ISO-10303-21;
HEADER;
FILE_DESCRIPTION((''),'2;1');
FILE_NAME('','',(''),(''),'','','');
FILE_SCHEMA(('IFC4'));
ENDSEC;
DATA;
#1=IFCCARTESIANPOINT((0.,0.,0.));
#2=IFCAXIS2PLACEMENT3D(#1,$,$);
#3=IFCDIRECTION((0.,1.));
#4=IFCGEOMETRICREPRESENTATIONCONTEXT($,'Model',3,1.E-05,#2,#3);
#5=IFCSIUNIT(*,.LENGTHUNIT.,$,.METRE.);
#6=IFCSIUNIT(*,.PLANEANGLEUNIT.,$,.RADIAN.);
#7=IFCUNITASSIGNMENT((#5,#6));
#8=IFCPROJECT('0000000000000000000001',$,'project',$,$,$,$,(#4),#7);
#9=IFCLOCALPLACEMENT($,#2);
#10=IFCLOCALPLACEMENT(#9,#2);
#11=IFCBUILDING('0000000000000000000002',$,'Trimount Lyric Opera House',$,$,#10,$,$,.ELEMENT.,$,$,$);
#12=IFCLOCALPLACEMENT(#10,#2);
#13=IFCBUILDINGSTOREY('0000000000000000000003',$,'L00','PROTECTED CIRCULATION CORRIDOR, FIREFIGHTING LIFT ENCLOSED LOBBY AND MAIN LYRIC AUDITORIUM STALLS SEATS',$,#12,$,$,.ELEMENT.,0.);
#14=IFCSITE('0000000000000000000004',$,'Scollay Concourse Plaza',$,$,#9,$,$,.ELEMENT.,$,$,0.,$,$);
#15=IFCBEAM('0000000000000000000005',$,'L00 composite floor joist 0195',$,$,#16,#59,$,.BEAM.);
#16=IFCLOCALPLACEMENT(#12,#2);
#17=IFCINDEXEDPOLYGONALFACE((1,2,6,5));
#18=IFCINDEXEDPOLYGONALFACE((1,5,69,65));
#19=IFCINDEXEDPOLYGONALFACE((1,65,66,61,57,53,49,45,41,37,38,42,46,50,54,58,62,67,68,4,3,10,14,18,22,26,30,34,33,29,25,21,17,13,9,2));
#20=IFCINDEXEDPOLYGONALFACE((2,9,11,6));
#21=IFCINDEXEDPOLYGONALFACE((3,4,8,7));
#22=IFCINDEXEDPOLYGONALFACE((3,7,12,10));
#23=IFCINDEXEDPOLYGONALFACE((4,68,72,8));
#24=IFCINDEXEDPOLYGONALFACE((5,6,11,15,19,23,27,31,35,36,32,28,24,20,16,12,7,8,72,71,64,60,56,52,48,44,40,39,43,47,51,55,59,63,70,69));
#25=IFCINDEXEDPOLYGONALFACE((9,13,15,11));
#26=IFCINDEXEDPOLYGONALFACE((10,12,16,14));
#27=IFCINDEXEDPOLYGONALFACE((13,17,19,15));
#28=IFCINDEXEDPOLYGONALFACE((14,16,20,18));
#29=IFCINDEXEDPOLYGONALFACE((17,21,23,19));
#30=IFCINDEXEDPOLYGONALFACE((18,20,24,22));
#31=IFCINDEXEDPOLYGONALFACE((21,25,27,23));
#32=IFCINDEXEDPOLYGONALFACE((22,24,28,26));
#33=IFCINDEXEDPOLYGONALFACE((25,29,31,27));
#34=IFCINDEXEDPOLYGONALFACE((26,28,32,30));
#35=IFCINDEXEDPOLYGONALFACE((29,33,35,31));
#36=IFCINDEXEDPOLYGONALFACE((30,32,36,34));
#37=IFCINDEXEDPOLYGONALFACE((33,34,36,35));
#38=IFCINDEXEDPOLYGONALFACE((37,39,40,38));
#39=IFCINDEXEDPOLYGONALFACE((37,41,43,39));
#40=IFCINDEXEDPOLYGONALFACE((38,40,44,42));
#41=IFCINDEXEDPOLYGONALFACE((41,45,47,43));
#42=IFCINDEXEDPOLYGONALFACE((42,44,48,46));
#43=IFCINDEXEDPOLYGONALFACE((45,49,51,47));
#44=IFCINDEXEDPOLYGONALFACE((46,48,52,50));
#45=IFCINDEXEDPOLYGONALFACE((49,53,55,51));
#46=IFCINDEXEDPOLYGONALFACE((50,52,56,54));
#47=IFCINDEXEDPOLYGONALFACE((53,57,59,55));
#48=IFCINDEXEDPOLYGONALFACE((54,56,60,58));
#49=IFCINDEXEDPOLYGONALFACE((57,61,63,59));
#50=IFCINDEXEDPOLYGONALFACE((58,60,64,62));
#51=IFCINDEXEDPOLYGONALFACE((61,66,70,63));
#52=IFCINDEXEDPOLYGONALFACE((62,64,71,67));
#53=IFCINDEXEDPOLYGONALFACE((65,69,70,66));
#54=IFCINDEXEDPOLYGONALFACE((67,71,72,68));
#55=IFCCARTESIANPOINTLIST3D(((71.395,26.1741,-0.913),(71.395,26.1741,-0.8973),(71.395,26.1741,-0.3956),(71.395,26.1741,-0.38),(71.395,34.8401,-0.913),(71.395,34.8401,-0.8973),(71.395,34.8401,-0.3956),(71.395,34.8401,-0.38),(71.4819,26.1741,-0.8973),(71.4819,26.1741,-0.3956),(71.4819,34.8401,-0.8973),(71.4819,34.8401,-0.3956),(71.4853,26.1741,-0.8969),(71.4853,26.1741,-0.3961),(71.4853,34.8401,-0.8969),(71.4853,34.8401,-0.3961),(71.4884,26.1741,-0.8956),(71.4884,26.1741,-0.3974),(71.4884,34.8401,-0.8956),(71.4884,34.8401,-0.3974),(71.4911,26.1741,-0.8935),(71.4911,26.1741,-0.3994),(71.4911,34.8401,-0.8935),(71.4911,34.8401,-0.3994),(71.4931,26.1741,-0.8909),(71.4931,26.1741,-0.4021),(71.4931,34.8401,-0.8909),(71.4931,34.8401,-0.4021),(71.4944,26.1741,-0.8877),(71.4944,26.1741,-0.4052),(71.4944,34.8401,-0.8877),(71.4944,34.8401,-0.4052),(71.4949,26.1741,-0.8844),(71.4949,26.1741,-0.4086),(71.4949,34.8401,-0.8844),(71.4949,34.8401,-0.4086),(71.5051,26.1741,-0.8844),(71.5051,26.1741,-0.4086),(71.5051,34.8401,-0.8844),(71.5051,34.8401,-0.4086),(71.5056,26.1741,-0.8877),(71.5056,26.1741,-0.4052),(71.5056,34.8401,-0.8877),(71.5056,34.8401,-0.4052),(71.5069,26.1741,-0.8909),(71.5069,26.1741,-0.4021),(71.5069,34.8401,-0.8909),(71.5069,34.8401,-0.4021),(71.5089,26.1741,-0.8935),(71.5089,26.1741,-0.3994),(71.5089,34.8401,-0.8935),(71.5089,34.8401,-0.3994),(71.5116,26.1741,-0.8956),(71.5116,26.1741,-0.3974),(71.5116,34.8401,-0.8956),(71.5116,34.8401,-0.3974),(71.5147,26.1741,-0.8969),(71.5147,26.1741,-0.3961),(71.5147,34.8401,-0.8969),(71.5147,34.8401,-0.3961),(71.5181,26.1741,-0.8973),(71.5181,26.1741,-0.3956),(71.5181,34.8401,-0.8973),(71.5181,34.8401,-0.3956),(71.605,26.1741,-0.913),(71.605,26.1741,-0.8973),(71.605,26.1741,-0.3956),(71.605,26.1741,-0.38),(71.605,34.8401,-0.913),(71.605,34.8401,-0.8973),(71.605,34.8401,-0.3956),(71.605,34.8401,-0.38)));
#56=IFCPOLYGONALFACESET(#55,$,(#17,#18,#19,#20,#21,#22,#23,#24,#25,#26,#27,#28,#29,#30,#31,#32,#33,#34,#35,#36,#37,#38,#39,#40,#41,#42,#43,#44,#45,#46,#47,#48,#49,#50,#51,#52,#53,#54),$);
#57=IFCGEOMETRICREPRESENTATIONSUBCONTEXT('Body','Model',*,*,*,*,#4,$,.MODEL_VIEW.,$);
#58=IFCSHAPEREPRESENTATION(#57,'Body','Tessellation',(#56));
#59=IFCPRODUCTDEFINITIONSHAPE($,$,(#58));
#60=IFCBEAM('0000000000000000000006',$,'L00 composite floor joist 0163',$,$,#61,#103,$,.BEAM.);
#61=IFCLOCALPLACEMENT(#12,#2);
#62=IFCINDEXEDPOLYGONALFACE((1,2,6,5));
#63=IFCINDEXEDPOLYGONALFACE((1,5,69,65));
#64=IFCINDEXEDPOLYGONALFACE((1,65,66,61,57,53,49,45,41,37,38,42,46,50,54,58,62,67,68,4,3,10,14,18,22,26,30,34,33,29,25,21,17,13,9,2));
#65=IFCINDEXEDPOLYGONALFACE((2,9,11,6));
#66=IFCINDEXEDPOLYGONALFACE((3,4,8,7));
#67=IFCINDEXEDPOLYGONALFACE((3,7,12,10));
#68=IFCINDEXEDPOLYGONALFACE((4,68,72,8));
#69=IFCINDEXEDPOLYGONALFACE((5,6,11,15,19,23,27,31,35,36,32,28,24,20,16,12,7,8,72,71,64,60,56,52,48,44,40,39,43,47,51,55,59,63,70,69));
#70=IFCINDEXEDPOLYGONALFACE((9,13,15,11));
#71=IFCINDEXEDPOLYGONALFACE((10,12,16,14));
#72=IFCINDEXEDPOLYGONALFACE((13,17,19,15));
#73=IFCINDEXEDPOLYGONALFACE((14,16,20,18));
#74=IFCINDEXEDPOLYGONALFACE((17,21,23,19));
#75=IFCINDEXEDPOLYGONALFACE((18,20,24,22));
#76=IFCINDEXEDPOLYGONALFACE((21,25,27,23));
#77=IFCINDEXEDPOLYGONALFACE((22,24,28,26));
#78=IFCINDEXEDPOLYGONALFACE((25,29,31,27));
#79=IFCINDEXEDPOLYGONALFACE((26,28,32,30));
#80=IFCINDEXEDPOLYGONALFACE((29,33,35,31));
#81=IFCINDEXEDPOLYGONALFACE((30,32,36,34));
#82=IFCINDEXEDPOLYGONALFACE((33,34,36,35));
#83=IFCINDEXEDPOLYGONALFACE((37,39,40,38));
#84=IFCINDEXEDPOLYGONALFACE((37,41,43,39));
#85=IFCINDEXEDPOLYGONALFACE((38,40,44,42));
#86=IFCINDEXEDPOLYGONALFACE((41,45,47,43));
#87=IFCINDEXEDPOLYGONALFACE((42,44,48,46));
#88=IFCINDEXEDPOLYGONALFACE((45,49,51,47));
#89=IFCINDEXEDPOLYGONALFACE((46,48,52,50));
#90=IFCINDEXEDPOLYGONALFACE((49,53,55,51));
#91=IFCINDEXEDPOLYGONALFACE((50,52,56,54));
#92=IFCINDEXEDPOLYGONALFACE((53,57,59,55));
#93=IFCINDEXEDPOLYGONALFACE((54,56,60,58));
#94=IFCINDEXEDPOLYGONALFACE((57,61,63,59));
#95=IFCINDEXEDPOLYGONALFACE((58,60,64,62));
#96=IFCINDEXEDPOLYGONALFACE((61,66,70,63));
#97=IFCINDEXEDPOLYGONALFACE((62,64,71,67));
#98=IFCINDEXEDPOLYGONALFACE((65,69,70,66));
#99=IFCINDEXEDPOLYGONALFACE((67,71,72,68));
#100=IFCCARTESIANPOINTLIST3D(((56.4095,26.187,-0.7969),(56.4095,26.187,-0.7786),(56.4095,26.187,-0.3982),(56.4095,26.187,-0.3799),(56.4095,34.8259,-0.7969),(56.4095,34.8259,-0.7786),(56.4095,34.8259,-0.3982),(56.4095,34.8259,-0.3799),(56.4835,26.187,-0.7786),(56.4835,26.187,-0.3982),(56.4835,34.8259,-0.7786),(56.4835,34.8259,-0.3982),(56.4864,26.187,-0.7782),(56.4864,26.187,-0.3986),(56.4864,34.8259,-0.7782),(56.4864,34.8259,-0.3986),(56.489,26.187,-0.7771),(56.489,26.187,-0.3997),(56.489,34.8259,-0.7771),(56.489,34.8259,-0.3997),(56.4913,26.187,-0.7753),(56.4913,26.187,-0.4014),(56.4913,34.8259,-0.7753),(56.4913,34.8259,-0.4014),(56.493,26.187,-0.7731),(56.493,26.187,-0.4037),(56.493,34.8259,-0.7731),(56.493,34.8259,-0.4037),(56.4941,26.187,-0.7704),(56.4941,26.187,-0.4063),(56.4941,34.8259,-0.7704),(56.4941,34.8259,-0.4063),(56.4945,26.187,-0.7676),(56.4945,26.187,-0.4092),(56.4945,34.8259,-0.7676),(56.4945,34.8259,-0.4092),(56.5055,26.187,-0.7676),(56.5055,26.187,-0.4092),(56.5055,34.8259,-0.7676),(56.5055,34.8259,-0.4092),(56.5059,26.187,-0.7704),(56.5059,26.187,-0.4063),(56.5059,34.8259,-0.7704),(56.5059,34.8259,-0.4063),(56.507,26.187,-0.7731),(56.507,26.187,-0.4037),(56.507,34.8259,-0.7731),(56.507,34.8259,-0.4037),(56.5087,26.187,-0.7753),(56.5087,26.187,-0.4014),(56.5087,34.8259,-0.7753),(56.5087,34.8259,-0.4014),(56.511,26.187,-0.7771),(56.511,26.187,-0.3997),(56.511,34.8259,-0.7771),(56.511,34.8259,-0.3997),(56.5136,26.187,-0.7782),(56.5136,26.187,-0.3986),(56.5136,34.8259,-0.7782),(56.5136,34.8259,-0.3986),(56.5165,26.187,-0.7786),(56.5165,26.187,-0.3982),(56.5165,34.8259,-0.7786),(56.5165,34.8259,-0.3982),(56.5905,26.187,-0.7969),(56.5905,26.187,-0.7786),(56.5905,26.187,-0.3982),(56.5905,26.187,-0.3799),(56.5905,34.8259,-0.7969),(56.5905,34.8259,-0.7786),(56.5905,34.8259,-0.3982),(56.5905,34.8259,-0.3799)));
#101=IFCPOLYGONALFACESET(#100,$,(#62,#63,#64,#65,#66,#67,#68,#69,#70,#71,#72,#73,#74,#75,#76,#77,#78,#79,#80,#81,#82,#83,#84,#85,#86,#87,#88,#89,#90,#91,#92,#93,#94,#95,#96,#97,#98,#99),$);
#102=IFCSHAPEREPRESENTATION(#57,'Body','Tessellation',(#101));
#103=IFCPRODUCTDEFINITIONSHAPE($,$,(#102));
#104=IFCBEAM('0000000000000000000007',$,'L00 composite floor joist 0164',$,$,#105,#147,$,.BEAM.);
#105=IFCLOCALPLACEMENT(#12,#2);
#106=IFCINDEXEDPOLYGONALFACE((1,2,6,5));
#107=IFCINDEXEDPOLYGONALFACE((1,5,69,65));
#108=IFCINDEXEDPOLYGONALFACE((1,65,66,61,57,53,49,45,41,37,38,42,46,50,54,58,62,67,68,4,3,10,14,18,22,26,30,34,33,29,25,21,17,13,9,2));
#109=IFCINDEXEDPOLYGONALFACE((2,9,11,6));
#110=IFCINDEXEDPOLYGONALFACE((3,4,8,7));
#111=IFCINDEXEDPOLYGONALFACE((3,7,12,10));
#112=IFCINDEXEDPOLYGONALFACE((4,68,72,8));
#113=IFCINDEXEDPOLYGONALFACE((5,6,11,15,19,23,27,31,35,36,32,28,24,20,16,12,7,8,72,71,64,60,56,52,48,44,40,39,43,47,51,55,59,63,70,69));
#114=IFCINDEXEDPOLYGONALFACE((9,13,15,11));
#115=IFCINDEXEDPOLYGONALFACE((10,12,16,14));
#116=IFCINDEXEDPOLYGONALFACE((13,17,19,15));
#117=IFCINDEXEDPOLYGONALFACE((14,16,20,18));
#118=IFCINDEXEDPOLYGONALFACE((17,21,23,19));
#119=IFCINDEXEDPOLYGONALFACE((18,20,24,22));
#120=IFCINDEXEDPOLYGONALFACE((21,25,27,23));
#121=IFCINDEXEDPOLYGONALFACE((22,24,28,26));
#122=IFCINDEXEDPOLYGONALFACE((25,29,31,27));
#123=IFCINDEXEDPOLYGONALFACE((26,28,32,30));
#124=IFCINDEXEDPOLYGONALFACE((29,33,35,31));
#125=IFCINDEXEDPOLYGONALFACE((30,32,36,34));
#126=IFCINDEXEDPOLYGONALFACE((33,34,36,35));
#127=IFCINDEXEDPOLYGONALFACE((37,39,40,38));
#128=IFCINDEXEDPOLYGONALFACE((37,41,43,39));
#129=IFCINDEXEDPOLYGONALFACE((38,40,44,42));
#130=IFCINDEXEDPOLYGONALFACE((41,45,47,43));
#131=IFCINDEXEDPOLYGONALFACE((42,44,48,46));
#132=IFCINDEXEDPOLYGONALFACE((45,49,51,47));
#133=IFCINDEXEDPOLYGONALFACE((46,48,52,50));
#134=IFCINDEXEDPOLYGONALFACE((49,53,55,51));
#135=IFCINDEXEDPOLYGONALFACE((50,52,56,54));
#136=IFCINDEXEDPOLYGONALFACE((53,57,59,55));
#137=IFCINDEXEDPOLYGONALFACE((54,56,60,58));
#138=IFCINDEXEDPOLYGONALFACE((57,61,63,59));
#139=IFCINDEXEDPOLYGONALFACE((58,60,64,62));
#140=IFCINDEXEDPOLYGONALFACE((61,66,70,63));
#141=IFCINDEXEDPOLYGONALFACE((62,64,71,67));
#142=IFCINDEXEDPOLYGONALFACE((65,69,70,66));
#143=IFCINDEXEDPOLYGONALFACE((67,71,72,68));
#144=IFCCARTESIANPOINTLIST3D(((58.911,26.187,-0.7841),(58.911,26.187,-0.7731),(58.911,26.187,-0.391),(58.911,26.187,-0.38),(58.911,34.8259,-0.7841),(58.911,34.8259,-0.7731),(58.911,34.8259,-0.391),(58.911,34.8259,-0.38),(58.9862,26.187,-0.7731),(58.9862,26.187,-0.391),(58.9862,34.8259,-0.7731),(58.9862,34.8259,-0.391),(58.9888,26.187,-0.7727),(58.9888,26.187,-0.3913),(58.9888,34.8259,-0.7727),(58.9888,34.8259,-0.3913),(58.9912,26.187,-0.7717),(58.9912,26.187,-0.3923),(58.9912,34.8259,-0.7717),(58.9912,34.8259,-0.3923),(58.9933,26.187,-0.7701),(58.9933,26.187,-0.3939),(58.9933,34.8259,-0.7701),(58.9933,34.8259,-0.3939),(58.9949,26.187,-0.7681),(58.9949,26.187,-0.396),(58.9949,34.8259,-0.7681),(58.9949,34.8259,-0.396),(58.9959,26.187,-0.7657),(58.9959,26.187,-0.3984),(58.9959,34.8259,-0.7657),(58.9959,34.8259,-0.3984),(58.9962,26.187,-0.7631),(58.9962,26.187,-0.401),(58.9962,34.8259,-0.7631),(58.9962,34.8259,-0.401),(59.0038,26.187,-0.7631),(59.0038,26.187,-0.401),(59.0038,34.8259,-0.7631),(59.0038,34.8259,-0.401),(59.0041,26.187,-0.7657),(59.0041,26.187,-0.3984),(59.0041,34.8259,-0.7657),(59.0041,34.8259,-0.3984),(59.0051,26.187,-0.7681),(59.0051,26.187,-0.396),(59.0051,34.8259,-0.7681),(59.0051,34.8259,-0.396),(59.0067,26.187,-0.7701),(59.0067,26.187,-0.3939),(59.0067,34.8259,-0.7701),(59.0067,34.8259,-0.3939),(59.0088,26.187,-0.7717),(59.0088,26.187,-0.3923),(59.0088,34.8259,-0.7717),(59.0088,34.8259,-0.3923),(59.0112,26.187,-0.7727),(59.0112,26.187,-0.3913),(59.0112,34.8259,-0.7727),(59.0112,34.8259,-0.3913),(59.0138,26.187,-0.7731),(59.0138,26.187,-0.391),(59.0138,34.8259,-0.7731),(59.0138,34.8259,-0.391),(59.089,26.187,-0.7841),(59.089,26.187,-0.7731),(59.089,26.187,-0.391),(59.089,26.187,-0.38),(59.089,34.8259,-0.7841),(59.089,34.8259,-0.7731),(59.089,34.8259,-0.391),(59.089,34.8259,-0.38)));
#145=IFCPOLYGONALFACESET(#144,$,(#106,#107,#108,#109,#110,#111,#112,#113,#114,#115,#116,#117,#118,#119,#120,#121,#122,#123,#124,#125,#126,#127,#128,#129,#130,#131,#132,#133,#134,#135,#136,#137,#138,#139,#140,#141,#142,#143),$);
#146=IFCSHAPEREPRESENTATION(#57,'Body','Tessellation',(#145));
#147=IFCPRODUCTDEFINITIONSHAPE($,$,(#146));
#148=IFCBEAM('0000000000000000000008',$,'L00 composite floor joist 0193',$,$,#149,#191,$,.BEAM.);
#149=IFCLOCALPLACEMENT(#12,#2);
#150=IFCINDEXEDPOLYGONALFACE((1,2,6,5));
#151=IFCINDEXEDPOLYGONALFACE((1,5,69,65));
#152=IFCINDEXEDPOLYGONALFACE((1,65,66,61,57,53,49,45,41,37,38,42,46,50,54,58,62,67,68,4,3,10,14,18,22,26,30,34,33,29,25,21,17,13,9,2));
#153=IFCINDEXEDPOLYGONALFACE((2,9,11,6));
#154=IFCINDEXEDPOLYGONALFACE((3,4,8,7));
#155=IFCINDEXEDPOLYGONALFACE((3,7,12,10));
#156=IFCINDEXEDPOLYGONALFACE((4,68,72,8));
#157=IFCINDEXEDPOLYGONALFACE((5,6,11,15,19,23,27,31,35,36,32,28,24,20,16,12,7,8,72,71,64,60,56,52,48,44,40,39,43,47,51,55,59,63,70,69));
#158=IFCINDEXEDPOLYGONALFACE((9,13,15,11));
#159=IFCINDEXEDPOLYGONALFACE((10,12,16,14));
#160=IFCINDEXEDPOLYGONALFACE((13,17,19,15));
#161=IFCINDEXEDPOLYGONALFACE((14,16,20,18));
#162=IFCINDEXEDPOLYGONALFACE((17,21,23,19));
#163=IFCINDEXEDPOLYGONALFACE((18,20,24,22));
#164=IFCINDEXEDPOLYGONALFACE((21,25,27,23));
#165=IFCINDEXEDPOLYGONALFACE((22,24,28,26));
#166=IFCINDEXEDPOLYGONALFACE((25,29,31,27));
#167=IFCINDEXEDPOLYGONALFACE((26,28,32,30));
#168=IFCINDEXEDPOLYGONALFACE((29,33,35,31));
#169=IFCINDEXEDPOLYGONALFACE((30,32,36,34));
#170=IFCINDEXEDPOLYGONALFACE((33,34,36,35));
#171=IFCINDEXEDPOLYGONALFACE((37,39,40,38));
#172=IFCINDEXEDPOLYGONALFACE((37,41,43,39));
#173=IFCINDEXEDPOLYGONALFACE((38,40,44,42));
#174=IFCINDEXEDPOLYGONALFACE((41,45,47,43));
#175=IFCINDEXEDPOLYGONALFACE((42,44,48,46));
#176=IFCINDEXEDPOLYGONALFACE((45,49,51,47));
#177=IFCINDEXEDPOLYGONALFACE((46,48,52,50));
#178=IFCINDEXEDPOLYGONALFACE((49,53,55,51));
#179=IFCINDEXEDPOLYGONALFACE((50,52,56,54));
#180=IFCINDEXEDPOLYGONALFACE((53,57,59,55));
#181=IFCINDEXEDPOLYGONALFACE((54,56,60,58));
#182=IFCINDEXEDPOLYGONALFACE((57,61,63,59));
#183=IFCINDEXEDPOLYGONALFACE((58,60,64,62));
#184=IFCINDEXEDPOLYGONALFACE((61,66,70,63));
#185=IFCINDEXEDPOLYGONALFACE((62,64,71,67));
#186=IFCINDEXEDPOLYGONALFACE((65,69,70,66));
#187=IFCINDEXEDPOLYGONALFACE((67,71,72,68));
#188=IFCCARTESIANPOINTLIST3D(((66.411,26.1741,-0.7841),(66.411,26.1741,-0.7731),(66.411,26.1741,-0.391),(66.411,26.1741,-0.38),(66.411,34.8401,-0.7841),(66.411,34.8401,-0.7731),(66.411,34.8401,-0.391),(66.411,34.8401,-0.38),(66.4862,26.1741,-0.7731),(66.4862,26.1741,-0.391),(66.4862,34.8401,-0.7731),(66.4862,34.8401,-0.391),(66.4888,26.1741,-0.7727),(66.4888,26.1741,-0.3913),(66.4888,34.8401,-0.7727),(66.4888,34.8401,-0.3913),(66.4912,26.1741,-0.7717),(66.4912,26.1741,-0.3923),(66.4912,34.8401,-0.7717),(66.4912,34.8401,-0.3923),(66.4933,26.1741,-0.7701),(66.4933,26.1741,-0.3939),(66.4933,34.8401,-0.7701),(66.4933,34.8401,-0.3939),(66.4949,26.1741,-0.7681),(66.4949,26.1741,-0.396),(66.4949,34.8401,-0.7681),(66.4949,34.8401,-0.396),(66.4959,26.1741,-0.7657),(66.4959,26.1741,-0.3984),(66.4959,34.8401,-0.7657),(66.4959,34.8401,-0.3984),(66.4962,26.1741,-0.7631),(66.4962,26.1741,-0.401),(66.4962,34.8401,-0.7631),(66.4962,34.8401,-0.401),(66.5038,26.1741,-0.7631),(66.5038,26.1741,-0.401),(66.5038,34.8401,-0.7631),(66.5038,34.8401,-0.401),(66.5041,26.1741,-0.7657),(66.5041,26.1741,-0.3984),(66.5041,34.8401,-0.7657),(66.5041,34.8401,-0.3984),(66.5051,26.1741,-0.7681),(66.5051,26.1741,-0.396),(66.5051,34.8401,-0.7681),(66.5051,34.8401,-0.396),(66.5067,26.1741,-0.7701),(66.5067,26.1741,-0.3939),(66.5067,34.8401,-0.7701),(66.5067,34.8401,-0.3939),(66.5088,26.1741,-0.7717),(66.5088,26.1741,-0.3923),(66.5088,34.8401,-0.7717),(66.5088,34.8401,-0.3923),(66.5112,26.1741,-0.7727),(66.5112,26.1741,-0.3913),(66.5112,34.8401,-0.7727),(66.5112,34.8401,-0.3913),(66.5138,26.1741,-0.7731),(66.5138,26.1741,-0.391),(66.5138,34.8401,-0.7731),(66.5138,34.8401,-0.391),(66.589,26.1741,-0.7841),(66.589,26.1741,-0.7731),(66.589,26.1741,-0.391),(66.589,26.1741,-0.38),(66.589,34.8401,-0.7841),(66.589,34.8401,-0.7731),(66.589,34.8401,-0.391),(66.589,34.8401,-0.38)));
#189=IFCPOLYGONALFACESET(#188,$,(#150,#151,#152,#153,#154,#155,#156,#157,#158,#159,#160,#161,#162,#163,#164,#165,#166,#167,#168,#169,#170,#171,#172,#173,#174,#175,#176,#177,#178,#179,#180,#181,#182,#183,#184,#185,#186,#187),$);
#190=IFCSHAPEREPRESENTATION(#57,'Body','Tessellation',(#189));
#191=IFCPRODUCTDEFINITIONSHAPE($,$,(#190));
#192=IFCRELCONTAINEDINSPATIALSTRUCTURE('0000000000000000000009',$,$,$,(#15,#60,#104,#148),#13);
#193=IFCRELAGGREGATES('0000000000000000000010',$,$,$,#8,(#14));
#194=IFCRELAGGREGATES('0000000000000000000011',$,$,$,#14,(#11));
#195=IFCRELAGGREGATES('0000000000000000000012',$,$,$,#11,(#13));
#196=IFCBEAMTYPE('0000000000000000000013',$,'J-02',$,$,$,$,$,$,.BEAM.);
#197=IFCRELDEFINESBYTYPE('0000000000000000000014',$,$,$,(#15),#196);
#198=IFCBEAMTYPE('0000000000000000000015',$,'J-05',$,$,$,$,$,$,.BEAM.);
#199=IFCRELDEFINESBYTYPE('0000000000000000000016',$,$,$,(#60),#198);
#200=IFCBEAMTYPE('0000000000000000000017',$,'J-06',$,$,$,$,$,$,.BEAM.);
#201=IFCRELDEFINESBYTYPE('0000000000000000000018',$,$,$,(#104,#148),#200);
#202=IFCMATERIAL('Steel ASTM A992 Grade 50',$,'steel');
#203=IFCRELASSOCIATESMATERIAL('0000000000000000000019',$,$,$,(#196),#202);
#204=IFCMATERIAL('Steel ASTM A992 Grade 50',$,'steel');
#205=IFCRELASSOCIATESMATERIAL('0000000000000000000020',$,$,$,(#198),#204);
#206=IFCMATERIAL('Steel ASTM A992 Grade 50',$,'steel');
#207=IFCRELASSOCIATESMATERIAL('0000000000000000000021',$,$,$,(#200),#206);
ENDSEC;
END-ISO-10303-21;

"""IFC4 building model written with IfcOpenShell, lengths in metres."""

from ifc_helpers import new_model, si_unit, direction, frame, origin, origin_2d, place, context, subcontext, project, spatial, i_section, extrude, material, material_profile, profile_set, type_object, element, save


model = new_model("IFC4")

# Units and contexts
model_context = context("Model", 3, precision=1e-05, world=origin(), true_north=direction((0.0, 1.0)))
body_context = subcontext(model_context, "Body", "Model", "MODEL_VIEW")
ifc_project = project(units=[si_unit("LENGTHUNIT", "METRE"), si_unit("PLANEANGLEUNIT", "RADIAN")], contexts=[model_context])

# Site, building, storey
site_placement = place(None, origin())
site = spatial("IfcSite", under=ifc_project, at=site_placement, Name="Scollay Concourse Plaza", CompositionType="ELEMENT", RefElevation=0.0)
building_placement = place(site_placement, origin())
building = spatial("IfcBuilding", under=site, at=building_placement, Name="Trimount Lyric Opera House", CompositionType="ELEMENT")
storey_placement = place(building_placement, origin())
storey = spatial("IfcBuildingStorey", under=building, at=storey_placement, Name="L00", Description="PROTECTED CIRCULATION CORRIDOR, FIREFIGHTING LIFT ENCLOSED LOBBY AND MAIN LYRIC AUDITORIUM STALLS SEATS", CompositionType="ELEMENT", Elevation=0.0)

# Beams
ifc_material_1 = material(Name="Steel ASTM A992 Grade 50", Category="steel")
ifc_material_profile_1 = material_profile(ifc_material_1, i_section(OverallWidth=0.21, OverallDepth=0.533, WebThickness=0.0103, FlangeThickness=0.0156, FilletRadius=0.0129, at=origin_2d()), Name="W21X62")
ifc_profile_set_1 = profile_set([ifc_material_profile_1], Name="Steel ASTM A992 Grade 50")
beam_type_1 = type_object("IfcBeamType", Name="J-02", PredefinedType="BEAM", material=ifc_profile_set_1)
beam_1_placement = place(storey_placement, frame((71.5, 26.1741, -0.6465), z_axis=(0.0, 1.0, 0.0), x_axis=(-1.0, 0.0, 0.0)))
element("IfcBeam", 1, at=beam_1_placement, inside=storey, type_object=beam_type_1, Name="L00 composite floor joist 0195", PredefinedType="BEAM", context=body_context, shape_type="SweptSolid", body=[
    extrude(i_section(OverallWidth=0.21, OverallDepth=0.533, WebThickness=0.0103, FlangeThickness=0.0156, FilletRadius=0.0129, at=origin_2d()), origin(), (0.0, 0.0, 1.0), 8.666),
])
ifc_material_2 = material(Name="Steel ASTM A992 Grade 50", Category="steel")
ifc_material_profile_2 = material_profile(ifc_material_2, i_section(OverallWidth=0.1809, OverallDepth=0.417, WebThickness=0.011, FlangeThickness=0.0183, FilletRadius=0.011, at=origin_2d()), Name="W16X57")
ifc_profile_set_2 = profile_set([ifc_material_profile_2], Name="Steel ASTM A992 Grade 50")
beam_type_2 = type_object("IfcBeamType", Name="J-05", PredefinedType="BEAM", material=ifc_profile_set_2)
beam_2_placement = place(storey_placement, frame((56.5, 26.187, -0.5884), z_axis=(0.0, 1.0, 0.0), x_axis=(-1.0, 0.0, 0.0)))
element("IfcBeam", 2, at=beam_2_placement, inside=storey, type_object=beam_type_2, Name="L00 composite floor joist 0163", PredefinedType="BEAM", context=body_context, shape_type="SweptSolid", body=[
    extrude(i_section(OverallWidth=0.1809, OverallDepth=0.417, WebThickness=0.011, FlangeThickness=0.0183, FilletRadius=0.011, at=origin_2d()), origin(), (0.0, 0.0, 1.0), 8.6389),
])
ifc_material_3 = material(Name="Steel ASTM A992 Grade 50", Category="steel")
ifc_material_profile_3 = material_profile(ifc_material_3, i_section(OverallWidth=0.178, OverallDepth=0.4041, WebThickness=0.0076, FlangeThickness=0.011, FilletRadius=0.01, at=origin_2d()), Name="W16X36")
ifc_profile_set_3 = profile_set([ifc_material_profile_3], Name="Steel ASTM A992 Grade 50")
beam_type_3 = type_object("IfcBeamType", Name="J-06", PredefinedType="BEAM", material=ifc_profile_set_3)
beam_3_placement = place(storey_placement, frame((59.0, 26.187, -0.582), z_axis=(0.0, 1.0, 0.0), x_axis=(-1.0, 0.0, 0.0)))
element("IfcBeam", 3, at=beam_3_placement, inside=storey, type_object=beam_type_3, Name="L00 composite floor joist 0164", PredefinedType="BEAM", context=body_context, shape_type="SweptSolid", body=[
    extrude(i_section(OverallWidth=0.178, OverallDepth=0.4041, WebThickness=0.0076, FlangeThickness=0.011, FilletRadius=0.01, at=origin_2d()), origin(), (0.0, 0.0, 1.0), 8.6389),
])
beam_4_placement = place(storey_placement, frame((66.5, 26.1741, -0.582), z_axis=(0.0, 1.0, 0.0), x_axis=(-1.0, 0.0, 0.0)))
element("IfcBeam", 4, at=beam_4_placement, inside=storey, type_object=beam_type_3, Name="L00 composite floor joist 0193", PredefinedType="BEAM", context=body_context, shape_type="SweptSolid", body=[
    extrude(i_section(OverallWidth=0.178, OverallDepth=0.4041, WebThickness=0.0076, FlangeThickness=0.011, FilletRadius=0.01, at=origin_2d()), origin(), (0.0, 0.0, 1.0), 8.666),
])

save(model, "model.ifc")
